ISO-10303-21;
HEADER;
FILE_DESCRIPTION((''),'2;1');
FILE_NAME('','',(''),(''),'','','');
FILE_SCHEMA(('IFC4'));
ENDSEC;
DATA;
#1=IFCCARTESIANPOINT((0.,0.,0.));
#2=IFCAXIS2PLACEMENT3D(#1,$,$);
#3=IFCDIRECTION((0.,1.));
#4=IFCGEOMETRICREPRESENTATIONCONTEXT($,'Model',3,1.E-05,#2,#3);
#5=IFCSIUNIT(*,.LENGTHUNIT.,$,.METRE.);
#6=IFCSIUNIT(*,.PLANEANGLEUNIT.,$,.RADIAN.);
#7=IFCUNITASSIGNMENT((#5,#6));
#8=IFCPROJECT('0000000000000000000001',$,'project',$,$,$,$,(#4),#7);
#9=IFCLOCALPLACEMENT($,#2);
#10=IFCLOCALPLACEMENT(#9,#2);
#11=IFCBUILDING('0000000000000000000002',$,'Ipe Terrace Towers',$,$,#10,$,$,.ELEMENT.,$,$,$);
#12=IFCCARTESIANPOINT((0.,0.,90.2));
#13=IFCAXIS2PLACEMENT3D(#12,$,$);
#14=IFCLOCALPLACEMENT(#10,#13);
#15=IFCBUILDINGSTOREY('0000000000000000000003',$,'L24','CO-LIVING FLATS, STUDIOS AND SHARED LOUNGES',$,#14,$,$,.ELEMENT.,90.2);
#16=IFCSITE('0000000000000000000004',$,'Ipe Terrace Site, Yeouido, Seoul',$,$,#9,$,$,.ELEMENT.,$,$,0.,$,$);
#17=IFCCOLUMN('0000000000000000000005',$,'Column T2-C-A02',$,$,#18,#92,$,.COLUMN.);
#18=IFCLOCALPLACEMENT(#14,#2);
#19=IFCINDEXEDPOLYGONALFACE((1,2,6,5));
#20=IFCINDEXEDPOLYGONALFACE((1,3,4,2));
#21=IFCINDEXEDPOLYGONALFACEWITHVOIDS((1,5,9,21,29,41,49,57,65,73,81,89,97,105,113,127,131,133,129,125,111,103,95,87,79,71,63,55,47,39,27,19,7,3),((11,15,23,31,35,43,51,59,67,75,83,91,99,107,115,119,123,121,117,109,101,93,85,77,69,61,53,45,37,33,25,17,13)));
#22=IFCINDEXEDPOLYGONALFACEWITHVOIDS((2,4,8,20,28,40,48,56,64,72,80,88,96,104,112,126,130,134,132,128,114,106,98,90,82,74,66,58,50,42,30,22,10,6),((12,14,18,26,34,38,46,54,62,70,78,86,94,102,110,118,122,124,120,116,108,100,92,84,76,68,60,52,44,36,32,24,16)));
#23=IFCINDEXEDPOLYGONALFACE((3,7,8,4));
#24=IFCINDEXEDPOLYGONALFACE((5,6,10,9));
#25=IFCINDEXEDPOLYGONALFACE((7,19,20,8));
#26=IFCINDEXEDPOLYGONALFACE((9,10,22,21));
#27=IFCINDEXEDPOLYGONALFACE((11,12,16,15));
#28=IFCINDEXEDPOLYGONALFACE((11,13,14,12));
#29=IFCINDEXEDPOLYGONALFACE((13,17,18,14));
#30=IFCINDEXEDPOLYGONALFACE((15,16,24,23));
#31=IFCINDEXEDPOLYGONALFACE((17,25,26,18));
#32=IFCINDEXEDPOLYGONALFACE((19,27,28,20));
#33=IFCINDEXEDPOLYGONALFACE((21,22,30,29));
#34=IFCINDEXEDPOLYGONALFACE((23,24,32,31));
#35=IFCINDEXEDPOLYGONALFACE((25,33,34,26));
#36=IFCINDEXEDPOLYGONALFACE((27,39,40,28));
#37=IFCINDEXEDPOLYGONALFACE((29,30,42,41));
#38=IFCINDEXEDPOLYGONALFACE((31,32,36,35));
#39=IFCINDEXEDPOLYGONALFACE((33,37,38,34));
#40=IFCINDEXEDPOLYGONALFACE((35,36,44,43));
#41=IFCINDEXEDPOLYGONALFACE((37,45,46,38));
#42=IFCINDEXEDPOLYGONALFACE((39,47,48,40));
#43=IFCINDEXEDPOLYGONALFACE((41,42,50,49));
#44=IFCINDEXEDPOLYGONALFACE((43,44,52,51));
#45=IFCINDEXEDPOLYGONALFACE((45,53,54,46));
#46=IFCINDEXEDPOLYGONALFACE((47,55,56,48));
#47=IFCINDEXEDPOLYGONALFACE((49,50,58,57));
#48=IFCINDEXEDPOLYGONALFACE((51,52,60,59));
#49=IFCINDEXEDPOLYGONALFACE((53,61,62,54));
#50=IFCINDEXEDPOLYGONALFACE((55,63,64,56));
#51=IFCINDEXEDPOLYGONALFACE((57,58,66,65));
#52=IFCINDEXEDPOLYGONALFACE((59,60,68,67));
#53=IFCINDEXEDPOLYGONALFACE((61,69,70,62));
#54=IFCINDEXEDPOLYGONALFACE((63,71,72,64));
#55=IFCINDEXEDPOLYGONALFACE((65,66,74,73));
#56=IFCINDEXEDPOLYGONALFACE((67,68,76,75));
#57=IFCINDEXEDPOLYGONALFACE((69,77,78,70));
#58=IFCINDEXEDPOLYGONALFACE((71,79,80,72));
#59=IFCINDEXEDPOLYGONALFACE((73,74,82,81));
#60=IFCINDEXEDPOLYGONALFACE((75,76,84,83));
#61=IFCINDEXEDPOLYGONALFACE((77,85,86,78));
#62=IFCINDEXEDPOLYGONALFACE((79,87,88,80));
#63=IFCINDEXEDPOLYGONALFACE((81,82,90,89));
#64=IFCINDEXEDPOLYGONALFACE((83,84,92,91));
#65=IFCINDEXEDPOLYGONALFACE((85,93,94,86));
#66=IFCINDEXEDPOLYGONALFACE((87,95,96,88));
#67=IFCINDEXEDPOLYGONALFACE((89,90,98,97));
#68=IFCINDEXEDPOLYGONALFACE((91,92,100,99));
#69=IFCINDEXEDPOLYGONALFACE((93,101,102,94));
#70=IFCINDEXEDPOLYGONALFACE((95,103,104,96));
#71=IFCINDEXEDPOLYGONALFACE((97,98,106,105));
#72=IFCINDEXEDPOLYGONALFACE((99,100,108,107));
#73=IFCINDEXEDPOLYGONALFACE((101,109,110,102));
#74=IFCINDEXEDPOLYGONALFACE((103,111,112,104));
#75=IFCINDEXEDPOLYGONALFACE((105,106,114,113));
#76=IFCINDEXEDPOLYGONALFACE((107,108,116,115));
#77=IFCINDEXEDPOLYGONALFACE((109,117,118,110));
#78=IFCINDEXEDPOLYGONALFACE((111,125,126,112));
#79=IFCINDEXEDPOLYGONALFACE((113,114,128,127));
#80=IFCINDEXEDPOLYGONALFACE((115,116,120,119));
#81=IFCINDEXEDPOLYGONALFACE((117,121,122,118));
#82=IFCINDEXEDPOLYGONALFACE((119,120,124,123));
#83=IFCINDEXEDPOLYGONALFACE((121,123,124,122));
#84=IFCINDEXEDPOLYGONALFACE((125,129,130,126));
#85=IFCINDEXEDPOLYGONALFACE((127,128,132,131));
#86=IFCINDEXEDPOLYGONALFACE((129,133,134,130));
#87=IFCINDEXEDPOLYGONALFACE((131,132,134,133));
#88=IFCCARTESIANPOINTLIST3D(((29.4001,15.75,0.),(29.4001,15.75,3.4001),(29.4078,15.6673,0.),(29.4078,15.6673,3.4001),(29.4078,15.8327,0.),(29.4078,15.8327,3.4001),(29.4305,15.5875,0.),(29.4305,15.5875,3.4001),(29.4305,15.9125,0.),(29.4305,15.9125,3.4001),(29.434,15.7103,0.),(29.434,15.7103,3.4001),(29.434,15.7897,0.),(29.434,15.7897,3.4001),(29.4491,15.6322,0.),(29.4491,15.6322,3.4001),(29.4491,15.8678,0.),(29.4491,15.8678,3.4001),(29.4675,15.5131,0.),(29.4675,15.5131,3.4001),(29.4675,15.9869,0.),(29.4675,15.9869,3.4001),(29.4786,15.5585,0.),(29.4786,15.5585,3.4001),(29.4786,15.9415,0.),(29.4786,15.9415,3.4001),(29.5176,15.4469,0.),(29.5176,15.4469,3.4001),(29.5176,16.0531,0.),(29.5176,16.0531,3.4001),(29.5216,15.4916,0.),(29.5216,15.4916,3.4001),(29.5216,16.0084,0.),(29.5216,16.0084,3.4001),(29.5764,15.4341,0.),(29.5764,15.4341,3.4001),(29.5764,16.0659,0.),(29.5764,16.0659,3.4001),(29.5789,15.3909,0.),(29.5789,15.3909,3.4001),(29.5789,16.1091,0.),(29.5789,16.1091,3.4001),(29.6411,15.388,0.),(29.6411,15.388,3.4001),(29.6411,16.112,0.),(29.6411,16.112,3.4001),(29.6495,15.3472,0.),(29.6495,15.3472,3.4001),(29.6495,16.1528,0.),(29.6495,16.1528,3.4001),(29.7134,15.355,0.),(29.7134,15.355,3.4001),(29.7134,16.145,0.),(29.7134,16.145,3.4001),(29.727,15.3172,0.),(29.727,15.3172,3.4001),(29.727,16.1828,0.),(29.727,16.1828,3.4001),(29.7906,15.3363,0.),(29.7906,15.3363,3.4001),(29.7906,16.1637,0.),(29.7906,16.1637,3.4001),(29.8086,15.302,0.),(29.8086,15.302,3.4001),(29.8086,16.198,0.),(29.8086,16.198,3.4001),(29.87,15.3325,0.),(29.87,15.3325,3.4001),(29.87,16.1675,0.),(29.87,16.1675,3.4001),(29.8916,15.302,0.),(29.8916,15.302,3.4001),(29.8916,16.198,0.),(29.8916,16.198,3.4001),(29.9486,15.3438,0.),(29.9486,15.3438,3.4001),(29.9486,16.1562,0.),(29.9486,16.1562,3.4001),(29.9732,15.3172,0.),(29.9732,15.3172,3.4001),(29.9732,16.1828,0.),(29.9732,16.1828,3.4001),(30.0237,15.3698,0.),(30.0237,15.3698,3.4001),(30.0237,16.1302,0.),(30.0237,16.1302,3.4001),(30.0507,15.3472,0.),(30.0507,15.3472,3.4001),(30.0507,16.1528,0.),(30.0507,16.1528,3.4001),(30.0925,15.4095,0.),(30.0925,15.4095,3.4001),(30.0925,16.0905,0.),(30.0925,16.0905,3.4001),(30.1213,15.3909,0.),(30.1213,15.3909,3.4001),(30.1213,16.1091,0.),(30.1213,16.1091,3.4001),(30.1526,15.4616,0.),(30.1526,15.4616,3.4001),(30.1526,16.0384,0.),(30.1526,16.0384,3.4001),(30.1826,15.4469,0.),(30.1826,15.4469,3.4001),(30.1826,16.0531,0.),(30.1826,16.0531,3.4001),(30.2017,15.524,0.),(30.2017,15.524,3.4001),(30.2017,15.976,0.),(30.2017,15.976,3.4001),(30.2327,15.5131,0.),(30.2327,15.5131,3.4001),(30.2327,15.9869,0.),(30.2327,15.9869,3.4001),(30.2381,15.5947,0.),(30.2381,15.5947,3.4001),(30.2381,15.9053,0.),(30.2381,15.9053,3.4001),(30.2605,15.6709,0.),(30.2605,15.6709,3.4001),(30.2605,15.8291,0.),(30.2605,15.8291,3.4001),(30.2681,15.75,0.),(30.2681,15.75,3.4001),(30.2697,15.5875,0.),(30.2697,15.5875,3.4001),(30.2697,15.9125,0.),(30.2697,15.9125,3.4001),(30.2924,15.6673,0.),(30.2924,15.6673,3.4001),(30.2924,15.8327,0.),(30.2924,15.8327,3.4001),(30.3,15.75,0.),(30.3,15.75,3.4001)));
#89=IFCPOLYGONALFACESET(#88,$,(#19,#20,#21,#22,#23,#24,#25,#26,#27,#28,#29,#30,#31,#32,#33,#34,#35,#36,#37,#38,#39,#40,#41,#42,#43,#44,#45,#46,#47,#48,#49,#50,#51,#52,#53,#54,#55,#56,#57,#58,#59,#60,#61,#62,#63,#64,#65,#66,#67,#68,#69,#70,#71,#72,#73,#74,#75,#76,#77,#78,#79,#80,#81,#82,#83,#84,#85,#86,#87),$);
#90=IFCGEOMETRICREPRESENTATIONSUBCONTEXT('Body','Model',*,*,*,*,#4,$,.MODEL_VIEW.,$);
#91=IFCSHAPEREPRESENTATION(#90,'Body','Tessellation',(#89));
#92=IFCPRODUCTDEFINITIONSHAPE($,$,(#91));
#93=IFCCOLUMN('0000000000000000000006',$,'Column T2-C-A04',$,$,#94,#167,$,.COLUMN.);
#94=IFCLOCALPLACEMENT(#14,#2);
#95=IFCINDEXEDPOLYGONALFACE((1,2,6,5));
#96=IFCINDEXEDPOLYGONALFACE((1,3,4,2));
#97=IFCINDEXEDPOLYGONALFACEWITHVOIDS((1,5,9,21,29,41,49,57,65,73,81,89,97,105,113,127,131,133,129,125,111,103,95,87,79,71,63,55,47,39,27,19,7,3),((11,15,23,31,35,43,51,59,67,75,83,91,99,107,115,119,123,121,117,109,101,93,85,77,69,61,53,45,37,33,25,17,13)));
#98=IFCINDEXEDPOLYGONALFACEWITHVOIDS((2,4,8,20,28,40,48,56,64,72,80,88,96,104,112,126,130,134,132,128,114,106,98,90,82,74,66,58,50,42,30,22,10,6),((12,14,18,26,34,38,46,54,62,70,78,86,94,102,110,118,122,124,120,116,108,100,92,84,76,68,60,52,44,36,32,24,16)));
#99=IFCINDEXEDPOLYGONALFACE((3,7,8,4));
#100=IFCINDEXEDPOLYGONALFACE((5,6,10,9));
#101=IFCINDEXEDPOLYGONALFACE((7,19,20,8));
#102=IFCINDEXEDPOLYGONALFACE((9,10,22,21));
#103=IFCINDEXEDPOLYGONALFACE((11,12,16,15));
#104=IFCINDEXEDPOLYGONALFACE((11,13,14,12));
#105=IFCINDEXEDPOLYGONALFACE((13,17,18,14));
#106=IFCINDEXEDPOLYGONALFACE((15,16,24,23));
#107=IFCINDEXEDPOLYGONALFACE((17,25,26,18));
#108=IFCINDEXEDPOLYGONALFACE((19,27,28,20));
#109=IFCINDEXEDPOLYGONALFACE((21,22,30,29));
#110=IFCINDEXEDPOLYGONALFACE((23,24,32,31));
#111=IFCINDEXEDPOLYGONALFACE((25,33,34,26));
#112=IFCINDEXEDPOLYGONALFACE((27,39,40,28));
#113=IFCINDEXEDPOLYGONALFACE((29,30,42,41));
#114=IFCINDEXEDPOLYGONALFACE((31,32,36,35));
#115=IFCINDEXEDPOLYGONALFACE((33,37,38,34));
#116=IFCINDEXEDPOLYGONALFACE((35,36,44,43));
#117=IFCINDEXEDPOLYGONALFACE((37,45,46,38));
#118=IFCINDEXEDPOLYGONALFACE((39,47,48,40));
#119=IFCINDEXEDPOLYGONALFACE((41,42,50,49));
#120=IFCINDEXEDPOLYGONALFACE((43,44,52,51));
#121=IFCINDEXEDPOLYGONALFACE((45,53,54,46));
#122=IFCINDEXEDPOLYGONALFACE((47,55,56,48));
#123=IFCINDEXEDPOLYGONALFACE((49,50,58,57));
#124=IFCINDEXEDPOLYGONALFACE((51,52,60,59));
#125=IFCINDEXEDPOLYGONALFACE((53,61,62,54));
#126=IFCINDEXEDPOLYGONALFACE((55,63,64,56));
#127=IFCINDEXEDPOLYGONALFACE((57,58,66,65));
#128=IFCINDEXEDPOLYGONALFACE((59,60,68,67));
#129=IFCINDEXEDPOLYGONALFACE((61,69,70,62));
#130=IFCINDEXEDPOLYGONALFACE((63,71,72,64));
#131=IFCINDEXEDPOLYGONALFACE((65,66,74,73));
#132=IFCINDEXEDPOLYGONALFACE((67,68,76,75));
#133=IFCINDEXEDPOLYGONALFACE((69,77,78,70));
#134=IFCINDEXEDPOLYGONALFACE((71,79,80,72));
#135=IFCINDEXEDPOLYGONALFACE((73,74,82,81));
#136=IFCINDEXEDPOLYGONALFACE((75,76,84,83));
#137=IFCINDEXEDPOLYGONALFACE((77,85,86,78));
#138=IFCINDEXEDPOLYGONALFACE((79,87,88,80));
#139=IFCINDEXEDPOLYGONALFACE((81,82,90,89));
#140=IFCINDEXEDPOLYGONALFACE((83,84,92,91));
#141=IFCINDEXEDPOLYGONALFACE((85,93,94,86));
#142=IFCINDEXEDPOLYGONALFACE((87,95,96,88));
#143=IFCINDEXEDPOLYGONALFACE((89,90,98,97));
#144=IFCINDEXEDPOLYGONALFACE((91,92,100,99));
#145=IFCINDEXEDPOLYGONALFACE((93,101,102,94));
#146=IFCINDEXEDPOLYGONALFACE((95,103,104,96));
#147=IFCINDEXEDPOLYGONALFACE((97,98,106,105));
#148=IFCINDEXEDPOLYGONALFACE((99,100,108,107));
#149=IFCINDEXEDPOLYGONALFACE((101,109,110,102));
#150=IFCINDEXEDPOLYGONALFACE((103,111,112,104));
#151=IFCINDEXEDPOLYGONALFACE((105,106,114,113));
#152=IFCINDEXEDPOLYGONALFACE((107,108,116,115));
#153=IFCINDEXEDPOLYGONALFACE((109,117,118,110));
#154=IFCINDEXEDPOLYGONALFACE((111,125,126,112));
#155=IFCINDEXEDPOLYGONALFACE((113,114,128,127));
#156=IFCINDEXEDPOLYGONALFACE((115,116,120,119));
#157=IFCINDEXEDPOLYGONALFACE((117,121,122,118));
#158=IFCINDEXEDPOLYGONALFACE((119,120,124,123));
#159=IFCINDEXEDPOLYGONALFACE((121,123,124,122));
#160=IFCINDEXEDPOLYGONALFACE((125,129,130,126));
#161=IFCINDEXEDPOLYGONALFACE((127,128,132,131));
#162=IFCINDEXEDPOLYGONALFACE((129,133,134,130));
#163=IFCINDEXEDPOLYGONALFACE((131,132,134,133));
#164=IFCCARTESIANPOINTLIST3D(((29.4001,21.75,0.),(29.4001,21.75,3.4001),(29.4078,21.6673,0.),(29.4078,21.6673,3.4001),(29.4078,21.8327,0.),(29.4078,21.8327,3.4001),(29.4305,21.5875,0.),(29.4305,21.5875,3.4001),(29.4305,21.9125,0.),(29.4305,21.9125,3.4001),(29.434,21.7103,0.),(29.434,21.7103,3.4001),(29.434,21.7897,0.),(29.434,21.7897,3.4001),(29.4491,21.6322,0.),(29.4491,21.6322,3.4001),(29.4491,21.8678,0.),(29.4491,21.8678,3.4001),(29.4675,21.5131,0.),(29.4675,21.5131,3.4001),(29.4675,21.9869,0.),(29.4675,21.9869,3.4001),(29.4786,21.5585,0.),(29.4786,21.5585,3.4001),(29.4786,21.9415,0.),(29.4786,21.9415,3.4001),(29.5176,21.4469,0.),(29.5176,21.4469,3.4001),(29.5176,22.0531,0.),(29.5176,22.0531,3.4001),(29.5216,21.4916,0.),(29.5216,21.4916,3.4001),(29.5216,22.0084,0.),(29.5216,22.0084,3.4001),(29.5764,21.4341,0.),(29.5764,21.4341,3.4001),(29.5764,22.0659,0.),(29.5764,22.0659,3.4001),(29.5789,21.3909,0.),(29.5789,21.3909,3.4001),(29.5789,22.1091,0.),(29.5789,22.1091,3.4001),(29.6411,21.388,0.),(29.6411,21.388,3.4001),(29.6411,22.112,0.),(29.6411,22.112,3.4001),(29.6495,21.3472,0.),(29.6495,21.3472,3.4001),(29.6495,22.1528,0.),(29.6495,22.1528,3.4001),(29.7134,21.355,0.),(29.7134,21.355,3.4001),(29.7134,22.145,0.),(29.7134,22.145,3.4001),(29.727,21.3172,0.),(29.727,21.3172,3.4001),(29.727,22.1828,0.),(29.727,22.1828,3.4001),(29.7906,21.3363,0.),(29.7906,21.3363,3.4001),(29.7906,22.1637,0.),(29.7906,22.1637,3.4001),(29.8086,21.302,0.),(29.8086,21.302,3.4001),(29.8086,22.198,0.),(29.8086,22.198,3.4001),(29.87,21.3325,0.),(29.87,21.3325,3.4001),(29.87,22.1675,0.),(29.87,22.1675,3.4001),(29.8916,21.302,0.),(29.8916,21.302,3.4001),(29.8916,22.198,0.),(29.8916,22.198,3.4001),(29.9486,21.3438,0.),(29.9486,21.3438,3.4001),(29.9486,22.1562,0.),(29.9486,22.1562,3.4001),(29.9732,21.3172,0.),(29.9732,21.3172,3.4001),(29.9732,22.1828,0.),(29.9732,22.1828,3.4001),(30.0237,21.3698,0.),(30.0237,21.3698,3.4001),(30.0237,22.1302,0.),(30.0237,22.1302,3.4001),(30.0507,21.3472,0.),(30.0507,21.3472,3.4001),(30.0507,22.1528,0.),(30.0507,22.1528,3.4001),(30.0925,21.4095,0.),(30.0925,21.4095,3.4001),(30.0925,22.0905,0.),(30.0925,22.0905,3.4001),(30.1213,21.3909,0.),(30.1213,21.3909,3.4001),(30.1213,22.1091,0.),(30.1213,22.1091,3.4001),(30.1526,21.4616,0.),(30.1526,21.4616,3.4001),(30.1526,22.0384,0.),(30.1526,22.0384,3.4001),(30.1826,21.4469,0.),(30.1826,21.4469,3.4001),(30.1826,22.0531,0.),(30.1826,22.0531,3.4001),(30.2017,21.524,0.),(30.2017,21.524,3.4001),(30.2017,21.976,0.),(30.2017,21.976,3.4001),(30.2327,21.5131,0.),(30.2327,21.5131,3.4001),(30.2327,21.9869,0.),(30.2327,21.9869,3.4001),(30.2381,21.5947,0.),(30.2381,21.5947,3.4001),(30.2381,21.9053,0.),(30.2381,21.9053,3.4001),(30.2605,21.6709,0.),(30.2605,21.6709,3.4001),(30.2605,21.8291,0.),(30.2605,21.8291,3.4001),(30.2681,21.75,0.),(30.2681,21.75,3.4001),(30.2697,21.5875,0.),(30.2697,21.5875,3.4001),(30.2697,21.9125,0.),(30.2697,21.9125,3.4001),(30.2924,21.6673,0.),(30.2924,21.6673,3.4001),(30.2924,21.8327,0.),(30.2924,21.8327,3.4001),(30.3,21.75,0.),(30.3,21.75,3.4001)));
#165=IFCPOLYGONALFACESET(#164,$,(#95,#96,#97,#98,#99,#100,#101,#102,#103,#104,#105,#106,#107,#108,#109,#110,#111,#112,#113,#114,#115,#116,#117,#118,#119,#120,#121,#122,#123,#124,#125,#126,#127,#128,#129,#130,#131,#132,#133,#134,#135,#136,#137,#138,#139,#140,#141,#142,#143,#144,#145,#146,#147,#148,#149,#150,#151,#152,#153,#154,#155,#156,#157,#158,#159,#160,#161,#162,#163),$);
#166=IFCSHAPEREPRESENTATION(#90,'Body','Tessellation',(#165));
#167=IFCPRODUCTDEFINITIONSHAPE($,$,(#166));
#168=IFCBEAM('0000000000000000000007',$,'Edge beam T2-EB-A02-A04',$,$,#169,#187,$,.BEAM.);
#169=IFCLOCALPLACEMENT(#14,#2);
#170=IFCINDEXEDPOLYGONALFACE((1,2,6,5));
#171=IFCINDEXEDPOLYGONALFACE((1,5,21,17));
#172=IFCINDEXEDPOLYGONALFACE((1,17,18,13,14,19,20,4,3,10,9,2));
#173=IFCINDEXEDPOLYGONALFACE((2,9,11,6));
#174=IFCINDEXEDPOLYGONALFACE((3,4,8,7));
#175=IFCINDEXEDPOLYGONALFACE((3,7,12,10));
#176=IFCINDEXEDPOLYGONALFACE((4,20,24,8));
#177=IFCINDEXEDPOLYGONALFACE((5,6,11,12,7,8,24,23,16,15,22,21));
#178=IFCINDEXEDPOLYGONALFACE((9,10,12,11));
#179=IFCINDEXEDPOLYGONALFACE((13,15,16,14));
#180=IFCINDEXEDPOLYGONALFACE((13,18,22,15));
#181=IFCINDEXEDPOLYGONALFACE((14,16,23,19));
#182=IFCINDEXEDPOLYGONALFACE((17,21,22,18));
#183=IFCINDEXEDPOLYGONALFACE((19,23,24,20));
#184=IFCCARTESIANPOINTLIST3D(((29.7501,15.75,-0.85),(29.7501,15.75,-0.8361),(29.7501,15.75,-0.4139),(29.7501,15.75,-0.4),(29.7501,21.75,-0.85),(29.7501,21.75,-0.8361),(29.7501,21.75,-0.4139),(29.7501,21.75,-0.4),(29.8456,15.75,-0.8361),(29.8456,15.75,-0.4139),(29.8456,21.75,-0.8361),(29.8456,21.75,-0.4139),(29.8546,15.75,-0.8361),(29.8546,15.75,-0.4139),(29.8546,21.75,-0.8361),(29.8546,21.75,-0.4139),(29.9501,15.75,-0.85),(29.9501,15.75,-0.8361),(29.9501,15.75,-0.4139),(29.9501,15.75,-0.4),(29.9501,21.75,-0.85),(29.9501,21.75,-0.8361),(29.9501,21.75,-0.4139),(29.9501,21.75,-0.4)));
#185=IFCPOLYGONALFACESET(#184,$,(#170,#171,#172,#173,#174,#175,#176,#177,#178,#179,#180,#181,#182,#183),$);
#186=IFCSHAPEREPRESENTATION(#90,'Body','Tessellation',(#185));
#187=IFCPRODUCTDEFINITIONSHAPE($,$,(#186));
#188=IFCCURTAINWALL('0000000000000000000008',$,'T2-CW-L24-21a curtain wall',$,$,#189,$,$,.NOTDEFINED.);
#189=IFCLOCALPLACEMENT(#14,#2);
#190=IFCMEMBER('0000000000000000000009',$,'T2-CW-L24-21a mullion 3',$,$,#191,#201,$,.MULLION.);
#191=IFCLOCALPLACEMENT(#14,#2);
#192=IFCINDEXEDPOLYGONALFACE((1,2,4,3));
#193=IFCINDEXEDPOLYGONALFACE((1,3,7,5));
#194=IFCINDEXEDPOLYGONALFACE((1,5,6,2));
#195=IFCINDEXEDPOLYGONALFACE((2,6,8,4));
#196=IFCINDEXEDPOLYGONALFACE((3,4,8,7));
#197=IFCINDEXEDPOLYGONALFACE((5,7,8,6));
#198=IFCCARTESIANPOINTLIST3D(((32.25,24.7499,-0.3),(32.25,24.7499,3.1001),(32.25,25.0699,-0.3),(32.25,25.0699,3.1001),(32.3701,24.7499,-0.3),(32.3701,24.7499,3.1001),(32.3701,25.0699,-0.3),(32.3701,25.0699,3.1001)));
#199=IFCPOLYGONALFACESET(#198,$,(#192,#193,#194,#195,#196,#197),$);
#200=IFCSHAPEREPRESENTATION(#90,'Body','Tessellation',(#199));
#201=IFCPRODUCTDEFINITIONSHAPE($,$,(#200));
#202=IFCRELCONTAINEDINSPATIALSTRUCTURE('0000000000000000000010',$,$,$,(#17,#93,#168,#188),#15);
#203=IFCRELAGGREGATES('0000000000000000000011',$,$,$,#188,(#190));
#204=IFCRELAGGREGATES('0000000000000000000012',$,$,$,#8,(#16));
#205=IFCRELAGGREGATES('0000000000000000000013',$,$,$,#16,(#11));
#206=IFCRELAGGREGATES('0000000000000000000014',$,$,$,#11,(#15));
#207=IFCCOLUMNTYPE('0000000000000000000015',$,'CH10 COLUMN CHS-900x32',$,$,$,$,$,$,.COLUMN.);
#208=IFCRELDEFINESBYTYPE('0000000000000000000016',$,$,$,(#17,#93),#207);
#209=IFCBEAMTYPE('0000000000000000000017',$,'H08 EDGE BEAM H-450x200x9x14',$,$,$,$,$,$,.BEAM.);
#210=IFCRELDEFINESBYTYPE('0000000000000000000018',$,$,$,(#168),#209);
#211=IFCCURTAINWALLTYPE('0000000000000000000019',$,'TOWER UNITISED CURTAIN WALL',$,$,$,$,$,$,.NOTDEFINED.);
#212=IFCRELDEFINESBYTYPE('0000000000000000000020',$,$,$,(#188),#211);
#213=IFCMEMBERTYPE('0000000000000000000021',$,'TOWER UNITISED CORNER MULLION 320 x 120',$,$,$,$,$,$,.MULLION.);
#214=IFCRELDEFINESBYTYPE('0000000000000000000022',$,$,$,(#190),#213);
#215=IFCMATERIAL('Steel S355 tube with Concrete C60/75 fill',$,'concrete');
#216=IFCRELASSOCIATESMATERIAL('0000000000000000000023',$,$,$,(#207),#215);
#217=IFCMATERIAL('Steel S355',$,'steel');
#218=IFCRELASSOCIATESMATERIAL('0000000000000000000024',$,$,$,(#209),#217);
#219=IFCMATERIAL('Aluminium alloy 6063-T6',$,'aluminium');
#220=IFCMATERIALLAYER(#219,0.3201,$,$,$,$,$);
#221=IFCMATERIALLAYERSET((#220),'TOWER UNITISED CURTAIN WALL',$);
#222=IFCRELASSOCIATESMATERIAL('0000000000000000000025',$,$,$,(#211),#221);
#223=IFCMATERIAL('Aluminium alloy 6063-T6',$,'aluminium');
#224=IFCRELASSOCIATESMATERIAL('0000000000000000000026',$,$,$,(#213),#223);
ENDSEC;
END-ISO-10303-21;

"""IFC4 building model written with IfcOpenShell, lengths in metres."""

from ifc_helpers import new_model, si_unit, direction, frame, origin, origin_2d, place, context, subcontext, project, spatial, rectangle, hollow_circle, i_section, extrude, material, layer, layer_set, material_profile, profile_set, type_object, element, aggregate, save


model = new_model("IFC4")

# Units and contexts
model_context = context("Model", 3, precision=1e-05, world=origin(), true_north=direction((0.0, 1.0)))
body_context = subcontext(model_context, "Body", "Model", "MODEL_VIEW")
ifc_project = project(units=[si_unit("LENGTHUNIT", "METRE"), si_unit("PLANEANGLEUNIT", "RADIAN")], contexts=[model_context])

# Site, building, storey
site_placement = place(None, origin())
site = spatial("IfcSite", under=ifc_project, at=site_placement, Name="Ipe Terrace Site, Yeouido, Seoul", CompositionType="ELEMENT", RefElevation=0.0)
building_placement = place(site_placement, origin())
building = spatial("IfcBuilding", under=site, at=building_placement, Name="Ipe Terrace Towers", CompositionType="ELEMENT")
storey_placement = place(building_placement, frame((0.0, 0.0, 90.2)))
storey = spatial("IfcBuildingStorey", under=building, at=storey_placement, Name="L24", Description="CO-LIVING FLATS, STUDIOS AND SHARED LOUNGES", CompositionType="ELEMENT", Elevation=90.2)

# Columns
ifc_material_1 = material(Name="Steel S355 tube with Concrete C60/75 fill", Category="concrete")
ifc_material_profile_1 = material_profile(ifc_material_1, hollow_circle(Radius=0.45, WallThickness=0.032, at=origin_2d()), Name="CHS-900x32")
ifc_profile_set_1 = profile_set([ifc_material_profile_1], Name="Steel S355 tube with Concrete C60/75 fill")
column_type = type_object("IfcColumnType", Name="CH10 COLUMN CHS-900x32", PredefinedType="COLUMN", material=ifc_profile_set_1)
for number, where, z_axis, x_axis, name in (
    (1, (29.8501, 15.75, 0.0), (0.0, 0.0, 1.0), (1.0, 0.0, 0.0), "Column T2-C-A02"),
    (2, (29.8501, 21.75, 0.0), (0.0, 0.0, 1.0), (1.0, 0.0, 0.0), "Column T2-C-A04"),
):
    element("IfcColumn", number, at=place(storey_placement, frame(where, z_axis=z_axis, x_axis=x_axis)), inside=storey, type_object=column_type, Name=name, PredefinedType="COLUMN", context=body_context, shape_type="SweptSolid", body=[
        extrude(hollow_circle(Radius=0.45, WallThickness=0.032, at=origin_2d()), origin(), (0.0, 0.0, 1.0), 3.4001),
    ])

# Beam
ifc_material_2 = material(Name="Steel S355", Category="steel")
ifc_material_profile_2 = material_profile(ifc_material_2, i_section(OverallWidth=0.2, OverallDepth=0.45, WebThickness=0.009, FlangeThickness=0.0139, at=origin_2d()), Name="H-450x200x9x14")
ifc_profile_set_2 = profile_set([ifc_material_profile_2], Name="Steel S355")
beam_type = type_object("IfcBeamType", Name="H08 EDGE BEAM H-450x200x9x14", PredefinedType="BEAM", material=ifc_profile_set_2)
beam_placement = place(storey_placement, frame((29.8501, 15.75, -0.625), z_axis=(0.0, 1.0, 0.0), x_axis=(-1.0, 0.0, 0.0)))
element("IfcBeam", 3, at=beam_placement, inside=storey, type_object=beam_type, Name="Edge beam T2-EB-A02-A04", PredefinedType="BEAM", context=body_context, shape_type="SweptSolid", body=[
    extrude(i_section(OverallWidth=0.2, OverallDepth=0.45, WebThickness=0.009, FlangeThickness=0.0139, at=origin_2d()), origin(), (0.0, 0.0, 1.0), 6.0),
])

# Curtain wall, member
ifc_material_3 = material(Name="Aluminium alloy 6063-T6", Category="aluminium")
ifc_layer_1 = layer(ifc_material_3, 0.3201)
ifc_layer_set_1 = layer_set([ifc_layer_1], Name="TOWER UNITISED CURTAIN WALL")
curtain_wall_type = type_object("IfcCurtainWallType", Name="TOWER UNITISED CURTAIN WALL", PredefinedType="NOTDEFINED", material=ifc_layer_set_1)
curtain_wall_1_placement = place(storey_placement, origin())
curtain_wall_1 = element("IfcCurtainWall", 4, at=curtain_wall_1_placement, inside=storey, type_object=curtain_wall_type, Name="T2-CW-L24-21a curtain wall", PredefinedType="NOTDEFINED")
ifc_material_4 = material(Name="Aluminium alloy 6063-T6", Category="aluminium")
ifc_material_profile_3 = material_profile(ifc_material_4, rectangle(XDim=0.3201, YDim=0.1201, at=origin_2d()), Name="TOWER UNITISED CORNER MULLION 320 x 120")
ifc_profile_set_3 = profile_set([ifc_material_profile_3], Name="Aluminium alloy 6063-T6")
member_type = type_object("IfcMemberType", Name="TOWER UNITISED CORNER MULLION 320 x 120", PredefinedType="MULLION", material=ifc_profile_set_3)
member_1_placement = place(storey_placement, frame((32.3101, 24.9099, -0.3), z_axis=(0.0, 0.0, 1.0), x_axis=(0.0, 1.0, 0.0)))
member_1 = element("IfcMember", 5, at=member_1_placement, type_object=member_type, Name="T2-CW-L24-21a mullion 3", PredefinedType="MULLION", context=body_context, shape_type="SweptSolid", body=[
    extrude(rectangle(XDim=0.3201, YDim=0.1201, at=origin_2d()), origin(), (0.0, 0.0, 1.0), 3.4001),
])

aggregate(curtain_wall_1, [member_1])

save(model, "model.ifc")
